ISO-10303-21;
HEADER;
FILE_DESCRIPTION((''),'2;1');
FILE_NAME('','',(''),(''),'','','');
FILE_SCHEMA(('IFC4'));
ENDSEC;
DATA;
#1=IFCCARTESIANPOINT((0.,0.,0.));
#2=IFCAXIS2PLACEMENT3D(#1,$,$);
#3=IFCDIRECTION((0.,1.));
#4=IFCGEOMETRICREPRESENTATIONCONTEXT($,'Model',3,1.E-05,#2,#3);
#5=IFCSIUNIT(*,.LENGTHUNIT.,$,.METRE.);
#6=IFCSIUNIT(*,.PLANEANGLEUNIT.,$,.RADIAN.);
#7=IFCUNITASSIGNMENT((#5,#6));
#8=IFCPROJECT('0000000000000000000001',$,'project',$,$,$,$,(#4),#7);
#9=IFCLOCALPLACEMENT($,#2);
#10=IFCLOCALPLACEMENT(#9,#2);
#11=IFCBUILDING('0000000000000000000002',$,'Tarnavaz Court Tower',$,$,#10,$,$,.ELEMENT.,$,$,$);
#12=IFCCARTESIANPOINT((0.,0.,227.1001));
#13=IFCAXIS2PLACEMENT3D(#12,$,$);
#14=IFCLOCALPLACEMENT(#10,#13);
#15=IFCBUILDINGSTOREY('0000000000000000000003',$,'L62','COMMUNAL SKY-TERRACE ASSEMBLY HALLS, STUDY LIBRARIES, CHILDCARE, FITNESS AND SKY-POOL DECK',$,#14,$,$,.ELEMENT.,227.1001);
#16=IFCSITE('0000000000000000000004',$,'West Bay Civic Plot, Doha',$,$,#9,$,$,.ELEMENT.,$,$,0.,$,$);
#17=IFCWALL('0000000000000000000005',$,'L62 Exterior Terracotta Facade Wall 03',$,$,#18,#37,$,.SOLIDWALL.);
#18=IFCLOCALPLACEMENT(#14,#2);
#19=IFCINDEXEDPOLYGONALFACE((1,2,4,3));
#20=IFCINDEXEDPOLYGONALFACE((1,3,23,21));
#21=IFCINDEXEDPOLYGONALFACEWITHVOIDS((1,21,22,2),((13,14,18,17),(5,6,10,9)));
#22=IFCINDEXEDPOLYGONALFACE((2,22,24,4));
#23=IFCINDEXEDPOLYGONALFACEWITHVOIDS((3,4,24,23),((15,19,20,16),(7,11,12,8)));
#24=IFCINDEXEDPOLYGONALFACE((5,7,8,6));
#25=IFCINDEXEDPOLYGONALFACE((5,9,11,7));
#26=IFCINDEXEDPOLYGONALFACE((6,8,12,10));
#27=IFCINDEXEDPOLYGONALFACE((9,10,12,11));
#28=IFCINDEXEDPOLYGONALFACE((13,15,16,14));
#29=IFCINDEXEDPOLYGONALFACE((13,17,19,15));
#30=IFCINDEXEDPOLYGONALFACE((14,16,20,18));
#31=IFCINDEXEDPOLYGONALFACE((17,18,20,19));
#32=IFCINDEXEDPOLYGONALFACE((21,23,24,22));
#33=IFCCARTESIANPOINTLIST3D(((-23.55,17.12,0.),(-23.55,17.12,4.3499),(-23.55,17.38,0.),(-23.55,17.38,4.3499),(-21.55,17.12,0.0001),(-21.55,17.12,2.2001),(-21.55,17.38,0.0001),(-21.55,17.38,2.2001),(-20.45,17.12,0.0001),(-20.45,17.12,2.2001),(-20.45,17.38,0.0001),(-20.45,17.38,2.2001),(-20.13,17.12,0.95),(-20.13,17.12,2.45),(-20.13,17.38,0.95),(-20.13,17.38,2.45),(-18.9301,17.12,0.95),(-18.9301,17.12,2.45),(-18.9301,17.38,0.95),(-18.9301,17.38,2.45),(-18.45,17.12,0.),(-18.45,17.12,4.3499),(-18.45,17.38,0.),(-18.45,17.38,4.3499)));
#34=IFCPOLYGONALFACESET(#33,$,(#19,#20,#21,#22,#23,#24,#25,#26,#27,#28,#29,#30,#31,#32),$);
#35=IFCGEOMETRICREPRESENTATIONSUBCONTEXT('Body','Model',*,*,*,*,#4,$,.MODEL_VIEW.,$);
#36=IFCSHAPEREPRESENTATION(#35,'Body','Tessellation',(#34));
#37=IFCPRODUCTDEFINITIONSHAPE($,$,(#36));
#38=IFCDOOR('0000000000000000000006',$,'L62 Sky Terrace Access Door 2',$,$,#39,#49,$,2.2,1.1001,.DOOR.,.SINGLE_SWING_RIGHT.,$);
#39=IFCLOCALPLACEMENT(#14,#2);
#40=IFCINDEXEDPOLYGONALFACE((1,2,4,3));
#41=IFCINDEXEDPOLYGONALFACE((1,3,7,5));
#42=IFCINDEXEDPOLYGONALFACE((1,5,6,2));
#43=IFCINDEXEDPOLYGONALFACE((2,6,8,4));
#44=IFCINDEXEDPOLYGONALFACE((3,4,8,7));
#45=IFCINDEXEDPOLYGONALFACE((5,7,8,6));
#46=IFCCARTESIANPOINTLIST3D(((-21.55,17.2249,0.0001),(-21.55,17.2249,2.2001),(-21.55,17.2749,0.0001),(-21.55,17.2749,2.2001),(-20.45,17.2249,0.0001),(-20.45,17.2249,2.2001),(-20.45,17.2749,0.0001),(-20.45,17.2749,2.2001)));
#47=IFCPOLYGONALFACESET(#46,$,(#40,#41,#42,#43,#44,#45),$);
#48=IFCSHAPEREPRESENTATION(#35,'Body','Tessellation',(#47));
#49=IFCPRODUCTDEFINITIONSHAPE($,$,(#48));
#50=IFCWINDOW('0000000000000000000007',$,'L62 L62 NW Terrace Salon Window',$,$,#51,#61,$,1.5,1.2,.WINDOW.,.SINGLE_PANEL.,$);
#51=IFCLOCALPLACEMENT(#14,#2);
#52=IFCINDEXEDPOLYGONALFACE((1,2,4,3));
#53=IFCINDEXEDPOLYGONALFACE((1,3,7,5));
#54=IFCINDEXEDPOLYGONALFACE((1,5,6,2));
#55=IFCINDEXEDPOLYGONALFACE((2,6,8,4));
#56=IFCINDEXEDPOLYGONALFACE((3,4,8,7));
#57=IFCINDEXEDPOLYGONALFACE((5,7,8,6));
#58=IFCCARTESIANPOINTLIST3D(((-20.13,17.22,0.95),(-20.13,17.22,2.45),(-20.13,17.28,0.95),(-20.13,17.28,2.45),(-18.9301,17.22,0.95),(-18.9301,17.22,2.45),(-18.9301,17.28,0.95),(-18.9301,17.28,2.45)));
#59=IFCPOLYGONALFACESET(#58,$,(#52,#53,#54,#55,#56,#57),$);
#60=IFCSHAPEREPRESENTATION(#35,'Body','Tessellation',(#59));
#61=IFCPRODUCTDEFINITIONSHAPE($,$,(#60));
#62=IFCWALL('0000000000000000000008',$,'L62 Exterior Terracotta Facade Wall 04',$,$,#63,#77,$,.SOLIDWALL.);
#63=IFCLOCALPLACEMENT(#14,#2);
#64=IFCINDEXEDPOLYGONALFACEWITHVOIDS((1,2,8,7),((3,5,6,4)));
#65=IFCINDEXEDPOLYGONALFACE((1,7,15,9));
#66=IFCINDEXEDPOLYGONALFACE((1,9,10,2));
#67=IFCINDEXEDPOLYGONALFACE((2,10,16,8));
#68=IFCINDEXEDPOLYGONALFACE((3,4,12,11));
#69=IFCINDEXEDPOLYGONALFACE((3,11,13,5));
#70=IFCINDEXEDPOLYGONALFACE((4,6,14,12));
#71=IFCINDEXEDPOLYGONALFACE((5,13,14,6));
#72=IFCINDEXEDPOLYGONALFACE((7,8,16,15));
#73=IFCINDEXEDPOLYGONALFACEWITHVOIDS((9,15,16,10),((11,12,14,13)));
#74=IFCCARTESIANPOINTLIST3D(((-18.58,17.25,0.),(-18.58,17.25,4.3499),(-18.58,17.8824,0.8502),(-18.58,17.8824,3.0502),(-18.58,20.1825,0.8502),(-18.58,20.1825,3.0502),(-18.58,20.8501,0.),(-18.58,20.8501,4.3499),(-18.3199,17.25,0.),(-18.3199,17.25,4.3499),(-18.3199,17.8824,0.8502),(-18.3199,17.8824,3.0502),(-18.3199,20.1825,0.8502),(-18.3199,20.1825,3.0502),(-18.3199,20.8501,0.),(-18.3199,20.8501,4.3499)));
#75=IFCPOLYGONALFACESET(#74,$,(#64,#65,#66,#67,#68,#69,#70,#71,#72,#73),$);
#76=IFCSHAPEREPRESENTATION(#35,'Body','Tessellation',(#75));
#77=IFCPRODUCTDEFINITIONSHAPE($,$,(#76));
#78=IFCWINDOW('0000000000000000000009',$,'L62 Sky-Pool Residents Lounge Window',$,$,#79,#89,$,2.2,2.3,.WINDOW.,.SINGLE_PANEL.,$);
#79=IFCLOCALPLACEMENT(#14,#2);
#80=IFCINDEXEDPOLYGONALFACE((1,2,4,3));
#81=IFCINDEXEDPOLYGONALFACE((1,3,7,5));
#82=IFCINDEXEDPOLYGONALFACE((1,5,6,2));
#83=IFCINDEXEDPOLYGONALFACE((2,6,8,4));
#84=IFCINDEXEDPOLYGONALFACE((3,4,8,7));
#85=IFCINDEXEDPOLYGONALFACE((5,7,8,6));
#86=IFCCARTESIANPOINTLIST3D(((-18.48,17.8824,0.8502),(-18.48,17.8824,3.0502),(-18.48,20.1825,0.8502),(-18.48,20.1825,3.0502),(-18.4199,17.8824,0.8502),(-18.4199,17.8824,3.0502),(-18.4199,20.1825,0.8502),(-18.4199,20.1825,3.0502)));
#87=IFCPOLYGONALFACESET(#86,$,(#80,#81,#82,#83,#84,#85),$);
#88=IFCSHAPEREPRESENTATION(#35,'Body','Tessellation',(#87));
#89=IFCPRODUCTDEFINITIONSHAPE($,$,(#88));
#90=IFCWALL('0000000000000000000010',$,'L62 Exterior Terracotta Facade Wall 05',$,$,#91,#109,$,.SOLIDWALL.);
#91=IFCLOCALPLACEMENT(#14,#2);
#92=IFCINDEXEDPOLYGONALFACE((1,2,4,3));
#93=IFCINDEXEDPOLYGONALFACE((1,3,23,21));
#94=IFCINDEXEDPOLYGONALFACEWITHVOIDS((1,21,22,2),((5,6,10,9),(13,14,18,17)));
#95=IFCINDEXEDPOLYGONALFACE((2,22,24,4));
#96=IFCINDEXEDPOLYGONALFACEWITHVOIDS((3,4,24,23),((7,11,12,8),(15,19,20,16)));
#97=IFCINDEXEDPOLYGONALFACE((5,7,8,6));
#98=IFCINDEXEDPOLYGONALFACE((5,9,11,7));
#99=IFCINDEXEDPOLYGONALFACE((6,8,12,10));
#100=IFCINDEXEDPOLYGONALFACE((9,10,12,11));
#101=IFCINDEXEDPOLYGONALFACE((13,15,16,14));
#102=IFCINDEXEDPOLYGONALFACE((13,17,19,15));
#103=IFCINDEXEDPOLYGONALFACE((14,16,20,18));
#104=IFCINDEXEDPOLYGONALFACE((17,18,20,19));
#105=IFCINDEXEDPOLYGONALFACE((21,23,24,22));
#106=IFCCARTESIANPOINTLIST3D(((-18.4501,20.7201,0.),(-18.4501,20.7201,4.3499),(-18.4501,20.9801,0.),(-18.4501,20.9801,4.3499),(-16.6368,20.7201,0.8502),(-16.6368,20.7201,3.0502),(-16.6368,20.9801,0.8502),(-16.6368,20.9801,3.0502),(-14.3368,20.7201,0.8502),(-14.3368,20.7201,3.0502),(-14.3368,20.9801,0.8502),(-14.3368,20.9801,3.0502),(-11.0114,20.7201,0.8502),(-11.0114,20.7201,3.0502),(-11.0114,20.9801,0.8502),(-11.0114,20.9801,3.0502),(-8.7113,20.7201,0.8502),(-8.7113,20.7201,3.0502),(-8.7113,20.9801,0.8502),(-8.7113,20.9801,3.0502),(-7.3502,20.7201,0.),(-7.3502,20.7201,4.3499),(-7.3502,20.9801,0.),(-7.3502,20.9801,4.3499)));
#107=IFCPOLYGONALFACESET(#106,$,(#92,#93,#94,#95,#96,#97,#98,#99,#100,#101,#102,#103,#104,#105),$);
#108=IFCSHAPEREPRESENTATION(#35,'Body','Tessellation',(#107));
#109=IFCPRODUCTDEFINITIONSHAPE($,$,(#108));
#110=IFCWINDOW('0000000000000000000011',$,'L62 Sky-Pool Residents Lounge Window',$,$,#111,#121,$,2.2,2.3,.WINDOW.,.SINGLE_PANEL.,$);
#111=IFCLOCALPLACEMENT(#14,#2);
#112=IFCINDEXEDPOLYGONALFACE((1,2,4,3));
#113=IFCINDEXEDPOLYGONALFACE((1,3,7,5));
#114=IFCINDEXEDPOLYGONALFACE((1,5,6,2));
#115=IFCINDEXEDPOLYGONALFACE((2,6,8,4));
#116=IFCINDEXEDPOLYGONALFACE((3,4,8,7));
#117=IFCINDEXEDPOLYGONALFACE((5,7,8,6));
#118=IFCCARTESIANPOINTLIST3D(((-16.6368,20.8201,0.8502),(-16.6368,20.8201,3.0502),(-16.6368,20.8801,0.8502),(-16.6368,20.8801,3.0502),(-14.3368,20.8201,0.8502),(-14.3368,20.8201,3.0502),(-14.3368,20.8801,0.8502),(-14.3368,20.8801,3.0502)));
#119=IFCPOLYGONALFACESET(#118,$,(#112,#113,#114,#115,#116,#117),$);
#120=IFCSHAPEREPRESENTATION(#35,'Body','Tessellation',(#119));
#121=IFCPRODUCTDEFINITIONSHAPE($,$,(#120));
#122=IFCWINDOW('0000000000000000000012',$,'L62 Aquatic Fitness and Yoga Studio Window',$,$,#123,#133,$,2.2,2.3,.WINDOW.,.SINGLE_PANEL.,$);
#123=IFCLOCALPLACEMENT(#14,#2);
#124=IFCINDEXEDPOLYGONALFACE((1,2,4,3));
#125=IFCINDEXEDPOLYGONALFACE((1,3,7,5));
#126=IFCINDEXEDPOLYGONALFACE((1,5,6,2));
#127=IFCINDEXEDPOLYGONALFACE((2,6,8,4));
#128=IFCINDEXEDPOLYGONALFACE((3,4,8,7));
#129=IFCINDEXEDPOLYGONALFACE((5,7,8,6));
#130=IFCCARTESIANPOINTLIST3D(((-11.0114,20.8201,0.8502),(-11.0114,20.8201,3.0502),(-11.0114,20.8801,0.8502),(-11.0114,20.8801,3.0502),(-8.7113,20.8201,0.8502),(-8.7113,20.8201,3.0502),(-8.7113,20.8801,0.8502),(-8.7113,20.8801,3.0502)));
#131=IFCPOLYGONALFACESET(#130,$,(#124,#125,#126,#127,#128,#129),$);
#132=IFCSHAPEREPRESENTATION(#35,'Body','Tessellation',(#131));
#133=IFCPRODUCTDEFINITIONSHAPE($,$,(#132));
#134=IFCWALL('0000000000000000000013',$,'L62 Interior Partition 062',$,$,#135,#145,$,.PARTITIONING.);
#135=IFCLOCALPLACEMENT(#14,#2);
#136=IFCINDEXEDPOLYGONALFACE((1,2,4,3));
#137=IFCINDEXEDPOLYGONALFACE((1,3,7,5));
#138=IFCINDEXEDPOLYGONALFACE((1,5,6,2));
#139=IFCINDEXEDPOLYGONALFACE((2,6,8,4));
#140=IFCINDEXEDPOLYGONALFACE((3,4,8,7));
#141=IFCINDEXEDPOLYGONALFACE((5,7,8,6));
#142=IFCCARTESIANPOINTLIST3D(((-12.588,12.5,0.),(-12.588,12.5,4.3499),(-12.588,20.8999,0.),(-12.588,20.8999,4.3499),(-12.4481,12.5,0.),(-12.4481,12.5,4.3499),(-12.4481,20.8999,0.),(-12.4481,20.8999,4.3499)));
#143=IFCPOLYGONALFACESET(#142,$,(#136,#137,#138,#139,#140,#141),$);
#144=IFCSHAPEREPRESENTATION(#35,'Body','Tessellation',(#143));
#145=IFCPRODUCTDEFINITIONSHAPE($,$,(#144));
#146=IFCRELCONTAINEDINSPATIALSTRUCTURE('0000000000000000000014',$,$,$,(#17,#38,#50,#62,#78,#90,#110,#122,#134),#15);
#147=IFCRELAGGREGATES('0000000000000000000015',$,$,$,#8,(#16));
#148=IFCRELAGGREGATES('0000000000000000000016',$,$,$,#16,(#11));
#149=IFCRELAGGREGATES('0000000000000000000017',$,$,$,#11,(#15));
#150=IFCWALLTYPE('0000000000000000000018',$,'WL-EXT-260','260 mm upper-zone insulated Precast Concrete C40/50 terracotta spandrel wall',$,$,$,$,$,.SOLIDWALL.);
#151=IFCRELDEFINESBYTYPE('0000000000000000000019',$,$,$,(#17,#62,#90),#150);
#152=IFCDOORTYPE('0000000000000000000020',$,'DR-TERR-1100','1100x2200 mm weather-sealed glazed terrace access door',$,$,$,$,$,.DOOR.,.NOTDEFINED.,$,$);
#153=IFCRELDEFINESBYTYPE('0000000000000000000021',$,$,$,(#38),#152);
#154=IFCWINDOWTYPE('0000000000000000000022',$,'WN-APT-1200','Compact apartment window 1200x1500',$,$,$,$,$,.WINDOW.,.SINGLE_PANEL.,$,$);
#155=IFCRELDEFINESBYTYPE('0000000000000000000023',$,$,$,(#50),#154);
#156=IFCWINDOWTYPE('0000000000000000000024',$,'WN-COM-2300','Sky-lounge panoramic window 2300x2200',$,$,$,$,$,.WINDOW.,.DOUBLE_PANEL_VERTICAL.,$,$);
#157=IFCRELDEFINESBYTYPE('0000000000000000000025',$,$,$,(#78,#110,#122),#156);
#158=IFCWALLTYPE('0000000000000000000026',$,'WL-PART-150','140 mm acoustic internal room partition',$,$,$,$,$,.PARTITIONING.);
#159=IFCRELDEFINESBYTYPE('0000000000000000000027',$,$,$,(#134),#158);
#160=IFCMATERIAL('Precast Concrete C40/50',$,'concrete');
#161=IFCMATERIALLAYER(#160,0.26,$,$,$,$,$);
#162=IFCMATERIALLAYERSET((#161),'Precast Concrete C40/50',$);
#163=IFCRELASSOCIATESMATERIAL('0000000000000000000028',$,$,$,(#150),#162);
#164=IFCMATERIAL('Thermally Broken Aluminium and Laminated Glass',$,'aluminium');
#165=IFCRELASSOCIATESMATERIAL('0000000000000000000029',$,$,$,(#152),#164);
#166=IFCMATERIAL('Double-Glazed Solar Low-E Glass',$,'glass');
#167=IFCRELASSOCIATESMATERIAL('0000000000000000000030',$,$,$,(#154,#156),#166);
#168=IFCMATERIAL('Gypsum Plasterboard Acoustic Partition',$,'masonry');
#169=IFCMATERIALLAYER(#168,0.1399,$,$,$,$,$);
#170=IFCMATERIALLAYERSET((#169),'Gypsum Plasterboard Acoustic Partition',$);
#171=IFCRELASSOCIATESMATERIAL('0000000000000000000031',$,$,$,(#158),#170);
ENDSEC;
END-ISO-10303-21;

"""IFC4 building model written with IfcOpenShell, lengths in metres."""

from ifc_helpers import new_model, si_unit, direction, frame, frame_2d, origin, place, context, subcontext, project, spatial, rectangle, extrude, material, layer, layer_set, type_object, element, fill, save


model = new_model("IFC4")

# Units and contexts
model_context = context("Model", 3, precision=1e-05, world=origin(), true_north=direction((0.0, 1.0)))
body_context = subcontext(model_context, "Body", "Model", "MODEL_VIEW")
ifc_project = project(units=[si_unit("LENGTHUNIT", "METRE"), si_unit("PLANEANGLEUNIT", "RADIAN")], contexts=[model_context])

# Site, building, storey
site_placement = place(None, origin())
site = spatial("IfcSite", under=ifc_project, at=site_placement, Name="West Bay Civic Plot, Doha", CompositionType="ELEMENT", RefElevation=0.0)
building_placement = place(site_placement, origin())
building = spatial("IfcBuilding", under=site, at=building_placement, Name="Tarnavaz Court Tower", CompositionType="ELEMENT")
storey_placement = place(building_placement, frame((0.0, 0.0, 227.1001)))
storey = spatial("IfcBuildingStorey", under=building, at=storey_placement, Name="L62", Description="COMMUNAL SKY-TERRACE ASSEMBLY HALLS, STUDY LIBRARIES, CHILDCARE, FITNESS AND SKY-POOL DECK", CompositionType="ELEMENT", Elevation=227.1001)

# Wall, openings, door, window
ifc_material_1 = material(Name="Precast Concrete C40/50", Category="concrete")
ifc_layer_1 = layer(ifc_material_1, 0.26)
ifc_layer_set_1 = layer_set([ifc_layer_1], Name="Precast Concrete C40/50")
wall_type_1 = type_object("IfcWallType", Name="WL-EXT-260", Description="260 mm upper-zone insulated Precast Concrete C40/50 terracotta spandrel wall", PredefinedType="SOLIDWALL", material=ifc_layer_set_1)
wall_1_placement = place(storey_placement, frame((-23.55, 17.25, 0.0), z_axis=(0.0, 0.0, 1.0), x_axis=(1.0, 0.0, 0.0)))
wall_1 = element("IfcWall", 1, at=wall_1_placement, inside=storey, type_object=wall_type_1, Name="L62 Exterior Terracotta Facade Wall 03", PredefinedType="SOLIDWALL", context=body_context, shape_type="SweptSolid", body=[
    extrude(rectangle(XDim=5.1001, YDim=0.26, at=frame_2d((2.55, 0.0))), origin(), (0.0, 0.0, 1.0), 4.3499),
])
opening_1_placement = place(wall_1_placement, frame((2.0, 0.0, 0.0)))
opening_1 = element("IfcOpeningElement", 2, at=opening_1_placement, cuts=wall_1, PredefinedType="OPENING", context=body_context, shape_type="SweptSolid", body=[
    extrude(rectangle(XDim=1.1001, YDim=2.2, at=frame_2d((0.55, 1.1001))), frame((0.0, 0.1399, 0.0), z_axis=(0.0, -1.0, 0.0), x_axis=(1.0, 0.0, 0.0)), (0.0, 0.0, 1.0), 0.28),
])
opening_2_placement = place(wall_1_placement, frame((3.4199, 0.0, 0.95)))
opening_2 = element("IfcOpeningElement", 3, at=opening_2_placement, cuts=wall_1, PredefinedType="OPENING", context=body_context, shape_type="SweptSolid", body=[
    extrude(rectangle(XDim=1.2, YDim=1.5, at=frame_2d((0.6001, 0.75))), frame((0.0, 0.1399, 0.0), z_axis=(0.0, -1.0, 0.0), x_axis=(1.0, 0.0, 0.0)), (0.0, 0.0, 1.0), 0.28),
])
ifc_material_2 = material(Name="Thermally Broken Aluminium and Laminated Glass", Category="aluminium")
door_type = type_object("IfcDoorType", Name="DR-TERR-1100", Description="1100x2200 mm weather-sealed glazed terrace access door", OperationType="NOTDEFINED", PredefinedType="DOOR", material=ifc_material_2)
door_placement = place(opening_1_placement, origin())
door = element("IfcDoor", 4, at=door_placement, inside=storey, type_object=door_type, Name="L62 Sky Terrace Access Door 2", OperationType="SINGLE_SWING_RIGHT", OverallHeight=2.2, OverallWidth=1.1001, PredefinedType="DOOR", context=body_context, shape_type="SweptSolid", body=[
    extrude(rectangle(XDim=1.1001, YDim=2.2, at=frame_2d((0.55, 1.1001))), frame((0.0, 0.0249, 0.0), z_axis=(0.0, -1.0, 0.0), x_axis=(1.0, 0.0, 0.0)), (0.0, 0.0, 1.0), 0.05),
])
fill(opening_1, door)
ifc_material_3 = material(Name="Double-Glazed Solar Low-E Glass", Category="glass")
window_type_1 = type_object("IfcWindowType", Name="WN-APT-1200", Description="Compact apartment window 1200x1500", PartitioningType="SINGLE_PANEL", PredefinedType="WINDOW", material=ifc_material_3)
window_1_placement = place(opening_2_placement, origin())
window_1 = element("IfcWindow", 5, at=window_1_placement, inside=storey, type_object=window_type_1, Name="L62 L62 NW Terrace Salon Window", OverallHeight=1.5, OverallWidth=1.2, PartitioningType="SINGLE_PANEL", PredefinedType="WINDOW", context=body_context, shape_type="SweptSolid", body=[
    extrude(rectangle(XDim=1.2, YDim=1.5, at=frame_2d((0.6001, 0.75))), frame((0.0, 0.03, 0.0), z_axis=(0.0, -1.0, 0.0), x_axis=(1.0, 0.0, 0.0)), (0.0, 0.0, 1.0), 0.0601),
])
fill(opening_2, window_1)

# Wall, opening, window
wall_2_placement = place(storey_placement, frame((-18.45, 17.25, 0.0), z_axis=(0.0, 0.0, 1.0), x_axis=(0.0, 1.0, 0.0)))
wall_2 = element("IfcWall", 6, at=wall_2_placement, inside=storey, type_object=wall_type_1, Name="L62 Exterior Terracotta Facade Wall 04", PredefinedType="SOLIDWALL", context=body_context, shape_type="SweptSolid", body=[
    extrude(rectangle(XDim=3.6001, YDim=0.26, at=frame_2d((1.8, 0.0))), origin(), (0.0, 0.0, 1.0), 4.3499),
])
opening_3_placement = place(wall_2_placement, frame((0.6326, 0.0, 0.8501)))
opening_3 = element("IfcOpeningElement", 7, at=opening_3_placement, cuts=wall_2, PredefinedType="OPENING", context=body_context, shape_type="SweptSolid", body=[
    extrude(rectangle(XDim=2.3, YDim=2.2, at=frame_2d((1.1499, 1.1001))), frame((0.0, 0.1399, 0.0), z_axis=(0.0, -1.0, 0.0), x_axis=(1.0, 0.0, 0.0)), (0.0, 0.0, 1.0), 0.28),
])
window_type_2 = type_object("IfcWindowType", Name="WN-COM-2300", Description="Sky-lounge panoramic window 2300x2200", PartitioningType="DOUBLE_PANEL_VERTICAL", PredefinedType="WINDOW", material=ifc_material_3)
window_2_placement = place(opening_3_placement, origin())
window_2 = element("IfcWindow", 8, at=window_2_placement, inside=storey, type_object=window_type_2, Name="L62 Sky-Pool Residents Lounge Window", OverallHeight=2.2, OverallWidth=2.3, PartitioningType="SINGLE_PANEL", PredefinedType="WINDOW", context=body_context, shape_type="SweptSolid", body=[
    extrude(rectangle(XDim=2.3, YDim=2.2, at=frame_2d((1.1499, 1.1001))), frame((0.0, 0.03, 0.0), z_axis=(0.0, -1.0, 0.0), x_axis=(1.0, 0.0, 0.0)), (0.0, 0.0, 1.0), 0.0601),
])
fill(opening_3, window_2)

# Wall, openings, windows
wall_3_placement = place(storey_placement, frame((-18.45, 20.8501, 0.0), z_axis=(0.0, 0.0, 1.0), x_axis=(1.0, 0.0, 0.0)))
wall_3 = element("IfcWall", 9, at=wall_3_placement, inside=storey, type_object=wall_type_1, Name="L62 Exterior Terracotta Facade Wall 05", PredefinedType="SOLIDWALL", context=body_context, shape_type="SweptSolid", body=[
    extrude(rectangle(XDim=11.0999, YDim=0.26, at=frame_2d((5.5498, 0.0))), origin(), (0.0, 0.0, 1.0), 4.3499),
])
opening_4_placement = place(wall_3_placement, frame((1.8132, 0.0, 0.8501)))
opening_4 = element("IfcOpeningElement", 10, at=opening_4_placement, cuts=wall_3, PredefinedType="OPENING", context=body_context, shape_type="SweptSolid", body=[
    extrude(rectangle(XDim=2.3, YDim=2.2, at=frame_2d((1.1499, 1.1001))), frame((0.0, 0.1399, 0.0), z_axis=(0.0, -1.0, 0.0), x_axis=(1.0, 0.0, 0.0)), (0.0, 0.0, 1.0), 0.28),
])
opening_5_placement = place(wall_3_placement, frame((7.4387, 0.0, 0.8501)))
opening_5 = element("IfcOpeningElement", 11, at=opening_5_placement, cuts=wall_3, PredefinedType="OPENING", context=body_context, shape_type="SweptSolid", body=[
    extrude(rectangle(XDim=2.3, YDim=2.2, at=frame_2d((1.1499, 1.1001))), frame((0.0, 0.1399, 0.0), z_axis=(0.0, -1.0, 0.0), x_axis=(1.0, 0.0, 0.0)), (0.0, 0.0, 1.0), 0.28),
])
window_3_placement = place(opening_4_placement, origin())
window_3 = element("IfcWindow", 12, at=window_3_placement, inside=storey, type_object=window_type_2, Name="L62 Sky-Pool Residents Lounge Window", OverallHeight=2.2, OverallWidth=2.3, PartitioningType="SINGLE_PANEL", PredefinedType="WINDOW", context=body_context, shape_type="SweptSolid", body=[
    extrude(rectangle(XDim=2.3, YDim=2.2, at=frame_2d((1.1499, 1.1001))), frame((0.0, 0.03, 0.0), z_axis=(0.0, -1.0, 0.0), x_axis=(1.0, 0.0, 0.0)), (0.0, 0.0, 1.0), 0.0601),
])
fill(opening_4, window_3)
window_4_placement = place(opening_5_placement, origin())
window_4 = element("IfcWindow", 13, at=window_4_placement, inside=storey, type_object=window_type_2, Name="L62 Aquatic Fitness and Yoga Studio Window", OverallHeight=2.2, OverallWidth=2.3, PartitioningType="SINGLE_PANEL", PredefinedType="WINDOW", context=body_context, shape_type="SweptSolid", body=[
    extrude(rectangle(XDim=2.3, YDim=2.2, at=frame_2d((1.1499, 1.1001))), frame((0.0, 0.03, 0.0), z_axis=(0.0, -1.0, 0.0), x_axis=(1.0, 0.0, 0.0)), (0.0, 0.0, 1.0), 0.0601),
])
fill(opening_5, window_4)

# Wall
ifc_material_4 = material(Name="Gypsum Plasterboard Acoustic Partition", Category="masonry")
ifc_layer_2 = layer(ifc_material_4, 0.1399)
ifc_layer_set_2 = layer_set([ifc_layer_2], Name="Gypsum Plasterboard Acoustic Partition")
wall_type_2 = type_object("IfcWallType", Name="WL-PART-150", Description="140 mm acoustic internal room partition", PredefinedType="PARTITIONING", material=ifc_layer_set_2)
wall_4_placement = place(storey_placement, frame((-12.5181, 12.5, 0.0), z_axis=(0.0, 0.0, 1.0), x_axis=(0.0, 1.0, 0.0)))
element("IfcWall", 14, at=wall_4_placement, inside=storey, type_object=wall_type_2, Name="L62 Interior Partition 062", PredefinedType="PARTITIONING", context=body_context, shape_type="SweptSolid", body=[
    extrude(rectangle(XDim=8.3999, YDim=0.1399, at=frame_2d((4.2, 0.0))), origin(), (0.0, 0.0, 1.0), 4.3499),
])

save(model, "model.ifc")
